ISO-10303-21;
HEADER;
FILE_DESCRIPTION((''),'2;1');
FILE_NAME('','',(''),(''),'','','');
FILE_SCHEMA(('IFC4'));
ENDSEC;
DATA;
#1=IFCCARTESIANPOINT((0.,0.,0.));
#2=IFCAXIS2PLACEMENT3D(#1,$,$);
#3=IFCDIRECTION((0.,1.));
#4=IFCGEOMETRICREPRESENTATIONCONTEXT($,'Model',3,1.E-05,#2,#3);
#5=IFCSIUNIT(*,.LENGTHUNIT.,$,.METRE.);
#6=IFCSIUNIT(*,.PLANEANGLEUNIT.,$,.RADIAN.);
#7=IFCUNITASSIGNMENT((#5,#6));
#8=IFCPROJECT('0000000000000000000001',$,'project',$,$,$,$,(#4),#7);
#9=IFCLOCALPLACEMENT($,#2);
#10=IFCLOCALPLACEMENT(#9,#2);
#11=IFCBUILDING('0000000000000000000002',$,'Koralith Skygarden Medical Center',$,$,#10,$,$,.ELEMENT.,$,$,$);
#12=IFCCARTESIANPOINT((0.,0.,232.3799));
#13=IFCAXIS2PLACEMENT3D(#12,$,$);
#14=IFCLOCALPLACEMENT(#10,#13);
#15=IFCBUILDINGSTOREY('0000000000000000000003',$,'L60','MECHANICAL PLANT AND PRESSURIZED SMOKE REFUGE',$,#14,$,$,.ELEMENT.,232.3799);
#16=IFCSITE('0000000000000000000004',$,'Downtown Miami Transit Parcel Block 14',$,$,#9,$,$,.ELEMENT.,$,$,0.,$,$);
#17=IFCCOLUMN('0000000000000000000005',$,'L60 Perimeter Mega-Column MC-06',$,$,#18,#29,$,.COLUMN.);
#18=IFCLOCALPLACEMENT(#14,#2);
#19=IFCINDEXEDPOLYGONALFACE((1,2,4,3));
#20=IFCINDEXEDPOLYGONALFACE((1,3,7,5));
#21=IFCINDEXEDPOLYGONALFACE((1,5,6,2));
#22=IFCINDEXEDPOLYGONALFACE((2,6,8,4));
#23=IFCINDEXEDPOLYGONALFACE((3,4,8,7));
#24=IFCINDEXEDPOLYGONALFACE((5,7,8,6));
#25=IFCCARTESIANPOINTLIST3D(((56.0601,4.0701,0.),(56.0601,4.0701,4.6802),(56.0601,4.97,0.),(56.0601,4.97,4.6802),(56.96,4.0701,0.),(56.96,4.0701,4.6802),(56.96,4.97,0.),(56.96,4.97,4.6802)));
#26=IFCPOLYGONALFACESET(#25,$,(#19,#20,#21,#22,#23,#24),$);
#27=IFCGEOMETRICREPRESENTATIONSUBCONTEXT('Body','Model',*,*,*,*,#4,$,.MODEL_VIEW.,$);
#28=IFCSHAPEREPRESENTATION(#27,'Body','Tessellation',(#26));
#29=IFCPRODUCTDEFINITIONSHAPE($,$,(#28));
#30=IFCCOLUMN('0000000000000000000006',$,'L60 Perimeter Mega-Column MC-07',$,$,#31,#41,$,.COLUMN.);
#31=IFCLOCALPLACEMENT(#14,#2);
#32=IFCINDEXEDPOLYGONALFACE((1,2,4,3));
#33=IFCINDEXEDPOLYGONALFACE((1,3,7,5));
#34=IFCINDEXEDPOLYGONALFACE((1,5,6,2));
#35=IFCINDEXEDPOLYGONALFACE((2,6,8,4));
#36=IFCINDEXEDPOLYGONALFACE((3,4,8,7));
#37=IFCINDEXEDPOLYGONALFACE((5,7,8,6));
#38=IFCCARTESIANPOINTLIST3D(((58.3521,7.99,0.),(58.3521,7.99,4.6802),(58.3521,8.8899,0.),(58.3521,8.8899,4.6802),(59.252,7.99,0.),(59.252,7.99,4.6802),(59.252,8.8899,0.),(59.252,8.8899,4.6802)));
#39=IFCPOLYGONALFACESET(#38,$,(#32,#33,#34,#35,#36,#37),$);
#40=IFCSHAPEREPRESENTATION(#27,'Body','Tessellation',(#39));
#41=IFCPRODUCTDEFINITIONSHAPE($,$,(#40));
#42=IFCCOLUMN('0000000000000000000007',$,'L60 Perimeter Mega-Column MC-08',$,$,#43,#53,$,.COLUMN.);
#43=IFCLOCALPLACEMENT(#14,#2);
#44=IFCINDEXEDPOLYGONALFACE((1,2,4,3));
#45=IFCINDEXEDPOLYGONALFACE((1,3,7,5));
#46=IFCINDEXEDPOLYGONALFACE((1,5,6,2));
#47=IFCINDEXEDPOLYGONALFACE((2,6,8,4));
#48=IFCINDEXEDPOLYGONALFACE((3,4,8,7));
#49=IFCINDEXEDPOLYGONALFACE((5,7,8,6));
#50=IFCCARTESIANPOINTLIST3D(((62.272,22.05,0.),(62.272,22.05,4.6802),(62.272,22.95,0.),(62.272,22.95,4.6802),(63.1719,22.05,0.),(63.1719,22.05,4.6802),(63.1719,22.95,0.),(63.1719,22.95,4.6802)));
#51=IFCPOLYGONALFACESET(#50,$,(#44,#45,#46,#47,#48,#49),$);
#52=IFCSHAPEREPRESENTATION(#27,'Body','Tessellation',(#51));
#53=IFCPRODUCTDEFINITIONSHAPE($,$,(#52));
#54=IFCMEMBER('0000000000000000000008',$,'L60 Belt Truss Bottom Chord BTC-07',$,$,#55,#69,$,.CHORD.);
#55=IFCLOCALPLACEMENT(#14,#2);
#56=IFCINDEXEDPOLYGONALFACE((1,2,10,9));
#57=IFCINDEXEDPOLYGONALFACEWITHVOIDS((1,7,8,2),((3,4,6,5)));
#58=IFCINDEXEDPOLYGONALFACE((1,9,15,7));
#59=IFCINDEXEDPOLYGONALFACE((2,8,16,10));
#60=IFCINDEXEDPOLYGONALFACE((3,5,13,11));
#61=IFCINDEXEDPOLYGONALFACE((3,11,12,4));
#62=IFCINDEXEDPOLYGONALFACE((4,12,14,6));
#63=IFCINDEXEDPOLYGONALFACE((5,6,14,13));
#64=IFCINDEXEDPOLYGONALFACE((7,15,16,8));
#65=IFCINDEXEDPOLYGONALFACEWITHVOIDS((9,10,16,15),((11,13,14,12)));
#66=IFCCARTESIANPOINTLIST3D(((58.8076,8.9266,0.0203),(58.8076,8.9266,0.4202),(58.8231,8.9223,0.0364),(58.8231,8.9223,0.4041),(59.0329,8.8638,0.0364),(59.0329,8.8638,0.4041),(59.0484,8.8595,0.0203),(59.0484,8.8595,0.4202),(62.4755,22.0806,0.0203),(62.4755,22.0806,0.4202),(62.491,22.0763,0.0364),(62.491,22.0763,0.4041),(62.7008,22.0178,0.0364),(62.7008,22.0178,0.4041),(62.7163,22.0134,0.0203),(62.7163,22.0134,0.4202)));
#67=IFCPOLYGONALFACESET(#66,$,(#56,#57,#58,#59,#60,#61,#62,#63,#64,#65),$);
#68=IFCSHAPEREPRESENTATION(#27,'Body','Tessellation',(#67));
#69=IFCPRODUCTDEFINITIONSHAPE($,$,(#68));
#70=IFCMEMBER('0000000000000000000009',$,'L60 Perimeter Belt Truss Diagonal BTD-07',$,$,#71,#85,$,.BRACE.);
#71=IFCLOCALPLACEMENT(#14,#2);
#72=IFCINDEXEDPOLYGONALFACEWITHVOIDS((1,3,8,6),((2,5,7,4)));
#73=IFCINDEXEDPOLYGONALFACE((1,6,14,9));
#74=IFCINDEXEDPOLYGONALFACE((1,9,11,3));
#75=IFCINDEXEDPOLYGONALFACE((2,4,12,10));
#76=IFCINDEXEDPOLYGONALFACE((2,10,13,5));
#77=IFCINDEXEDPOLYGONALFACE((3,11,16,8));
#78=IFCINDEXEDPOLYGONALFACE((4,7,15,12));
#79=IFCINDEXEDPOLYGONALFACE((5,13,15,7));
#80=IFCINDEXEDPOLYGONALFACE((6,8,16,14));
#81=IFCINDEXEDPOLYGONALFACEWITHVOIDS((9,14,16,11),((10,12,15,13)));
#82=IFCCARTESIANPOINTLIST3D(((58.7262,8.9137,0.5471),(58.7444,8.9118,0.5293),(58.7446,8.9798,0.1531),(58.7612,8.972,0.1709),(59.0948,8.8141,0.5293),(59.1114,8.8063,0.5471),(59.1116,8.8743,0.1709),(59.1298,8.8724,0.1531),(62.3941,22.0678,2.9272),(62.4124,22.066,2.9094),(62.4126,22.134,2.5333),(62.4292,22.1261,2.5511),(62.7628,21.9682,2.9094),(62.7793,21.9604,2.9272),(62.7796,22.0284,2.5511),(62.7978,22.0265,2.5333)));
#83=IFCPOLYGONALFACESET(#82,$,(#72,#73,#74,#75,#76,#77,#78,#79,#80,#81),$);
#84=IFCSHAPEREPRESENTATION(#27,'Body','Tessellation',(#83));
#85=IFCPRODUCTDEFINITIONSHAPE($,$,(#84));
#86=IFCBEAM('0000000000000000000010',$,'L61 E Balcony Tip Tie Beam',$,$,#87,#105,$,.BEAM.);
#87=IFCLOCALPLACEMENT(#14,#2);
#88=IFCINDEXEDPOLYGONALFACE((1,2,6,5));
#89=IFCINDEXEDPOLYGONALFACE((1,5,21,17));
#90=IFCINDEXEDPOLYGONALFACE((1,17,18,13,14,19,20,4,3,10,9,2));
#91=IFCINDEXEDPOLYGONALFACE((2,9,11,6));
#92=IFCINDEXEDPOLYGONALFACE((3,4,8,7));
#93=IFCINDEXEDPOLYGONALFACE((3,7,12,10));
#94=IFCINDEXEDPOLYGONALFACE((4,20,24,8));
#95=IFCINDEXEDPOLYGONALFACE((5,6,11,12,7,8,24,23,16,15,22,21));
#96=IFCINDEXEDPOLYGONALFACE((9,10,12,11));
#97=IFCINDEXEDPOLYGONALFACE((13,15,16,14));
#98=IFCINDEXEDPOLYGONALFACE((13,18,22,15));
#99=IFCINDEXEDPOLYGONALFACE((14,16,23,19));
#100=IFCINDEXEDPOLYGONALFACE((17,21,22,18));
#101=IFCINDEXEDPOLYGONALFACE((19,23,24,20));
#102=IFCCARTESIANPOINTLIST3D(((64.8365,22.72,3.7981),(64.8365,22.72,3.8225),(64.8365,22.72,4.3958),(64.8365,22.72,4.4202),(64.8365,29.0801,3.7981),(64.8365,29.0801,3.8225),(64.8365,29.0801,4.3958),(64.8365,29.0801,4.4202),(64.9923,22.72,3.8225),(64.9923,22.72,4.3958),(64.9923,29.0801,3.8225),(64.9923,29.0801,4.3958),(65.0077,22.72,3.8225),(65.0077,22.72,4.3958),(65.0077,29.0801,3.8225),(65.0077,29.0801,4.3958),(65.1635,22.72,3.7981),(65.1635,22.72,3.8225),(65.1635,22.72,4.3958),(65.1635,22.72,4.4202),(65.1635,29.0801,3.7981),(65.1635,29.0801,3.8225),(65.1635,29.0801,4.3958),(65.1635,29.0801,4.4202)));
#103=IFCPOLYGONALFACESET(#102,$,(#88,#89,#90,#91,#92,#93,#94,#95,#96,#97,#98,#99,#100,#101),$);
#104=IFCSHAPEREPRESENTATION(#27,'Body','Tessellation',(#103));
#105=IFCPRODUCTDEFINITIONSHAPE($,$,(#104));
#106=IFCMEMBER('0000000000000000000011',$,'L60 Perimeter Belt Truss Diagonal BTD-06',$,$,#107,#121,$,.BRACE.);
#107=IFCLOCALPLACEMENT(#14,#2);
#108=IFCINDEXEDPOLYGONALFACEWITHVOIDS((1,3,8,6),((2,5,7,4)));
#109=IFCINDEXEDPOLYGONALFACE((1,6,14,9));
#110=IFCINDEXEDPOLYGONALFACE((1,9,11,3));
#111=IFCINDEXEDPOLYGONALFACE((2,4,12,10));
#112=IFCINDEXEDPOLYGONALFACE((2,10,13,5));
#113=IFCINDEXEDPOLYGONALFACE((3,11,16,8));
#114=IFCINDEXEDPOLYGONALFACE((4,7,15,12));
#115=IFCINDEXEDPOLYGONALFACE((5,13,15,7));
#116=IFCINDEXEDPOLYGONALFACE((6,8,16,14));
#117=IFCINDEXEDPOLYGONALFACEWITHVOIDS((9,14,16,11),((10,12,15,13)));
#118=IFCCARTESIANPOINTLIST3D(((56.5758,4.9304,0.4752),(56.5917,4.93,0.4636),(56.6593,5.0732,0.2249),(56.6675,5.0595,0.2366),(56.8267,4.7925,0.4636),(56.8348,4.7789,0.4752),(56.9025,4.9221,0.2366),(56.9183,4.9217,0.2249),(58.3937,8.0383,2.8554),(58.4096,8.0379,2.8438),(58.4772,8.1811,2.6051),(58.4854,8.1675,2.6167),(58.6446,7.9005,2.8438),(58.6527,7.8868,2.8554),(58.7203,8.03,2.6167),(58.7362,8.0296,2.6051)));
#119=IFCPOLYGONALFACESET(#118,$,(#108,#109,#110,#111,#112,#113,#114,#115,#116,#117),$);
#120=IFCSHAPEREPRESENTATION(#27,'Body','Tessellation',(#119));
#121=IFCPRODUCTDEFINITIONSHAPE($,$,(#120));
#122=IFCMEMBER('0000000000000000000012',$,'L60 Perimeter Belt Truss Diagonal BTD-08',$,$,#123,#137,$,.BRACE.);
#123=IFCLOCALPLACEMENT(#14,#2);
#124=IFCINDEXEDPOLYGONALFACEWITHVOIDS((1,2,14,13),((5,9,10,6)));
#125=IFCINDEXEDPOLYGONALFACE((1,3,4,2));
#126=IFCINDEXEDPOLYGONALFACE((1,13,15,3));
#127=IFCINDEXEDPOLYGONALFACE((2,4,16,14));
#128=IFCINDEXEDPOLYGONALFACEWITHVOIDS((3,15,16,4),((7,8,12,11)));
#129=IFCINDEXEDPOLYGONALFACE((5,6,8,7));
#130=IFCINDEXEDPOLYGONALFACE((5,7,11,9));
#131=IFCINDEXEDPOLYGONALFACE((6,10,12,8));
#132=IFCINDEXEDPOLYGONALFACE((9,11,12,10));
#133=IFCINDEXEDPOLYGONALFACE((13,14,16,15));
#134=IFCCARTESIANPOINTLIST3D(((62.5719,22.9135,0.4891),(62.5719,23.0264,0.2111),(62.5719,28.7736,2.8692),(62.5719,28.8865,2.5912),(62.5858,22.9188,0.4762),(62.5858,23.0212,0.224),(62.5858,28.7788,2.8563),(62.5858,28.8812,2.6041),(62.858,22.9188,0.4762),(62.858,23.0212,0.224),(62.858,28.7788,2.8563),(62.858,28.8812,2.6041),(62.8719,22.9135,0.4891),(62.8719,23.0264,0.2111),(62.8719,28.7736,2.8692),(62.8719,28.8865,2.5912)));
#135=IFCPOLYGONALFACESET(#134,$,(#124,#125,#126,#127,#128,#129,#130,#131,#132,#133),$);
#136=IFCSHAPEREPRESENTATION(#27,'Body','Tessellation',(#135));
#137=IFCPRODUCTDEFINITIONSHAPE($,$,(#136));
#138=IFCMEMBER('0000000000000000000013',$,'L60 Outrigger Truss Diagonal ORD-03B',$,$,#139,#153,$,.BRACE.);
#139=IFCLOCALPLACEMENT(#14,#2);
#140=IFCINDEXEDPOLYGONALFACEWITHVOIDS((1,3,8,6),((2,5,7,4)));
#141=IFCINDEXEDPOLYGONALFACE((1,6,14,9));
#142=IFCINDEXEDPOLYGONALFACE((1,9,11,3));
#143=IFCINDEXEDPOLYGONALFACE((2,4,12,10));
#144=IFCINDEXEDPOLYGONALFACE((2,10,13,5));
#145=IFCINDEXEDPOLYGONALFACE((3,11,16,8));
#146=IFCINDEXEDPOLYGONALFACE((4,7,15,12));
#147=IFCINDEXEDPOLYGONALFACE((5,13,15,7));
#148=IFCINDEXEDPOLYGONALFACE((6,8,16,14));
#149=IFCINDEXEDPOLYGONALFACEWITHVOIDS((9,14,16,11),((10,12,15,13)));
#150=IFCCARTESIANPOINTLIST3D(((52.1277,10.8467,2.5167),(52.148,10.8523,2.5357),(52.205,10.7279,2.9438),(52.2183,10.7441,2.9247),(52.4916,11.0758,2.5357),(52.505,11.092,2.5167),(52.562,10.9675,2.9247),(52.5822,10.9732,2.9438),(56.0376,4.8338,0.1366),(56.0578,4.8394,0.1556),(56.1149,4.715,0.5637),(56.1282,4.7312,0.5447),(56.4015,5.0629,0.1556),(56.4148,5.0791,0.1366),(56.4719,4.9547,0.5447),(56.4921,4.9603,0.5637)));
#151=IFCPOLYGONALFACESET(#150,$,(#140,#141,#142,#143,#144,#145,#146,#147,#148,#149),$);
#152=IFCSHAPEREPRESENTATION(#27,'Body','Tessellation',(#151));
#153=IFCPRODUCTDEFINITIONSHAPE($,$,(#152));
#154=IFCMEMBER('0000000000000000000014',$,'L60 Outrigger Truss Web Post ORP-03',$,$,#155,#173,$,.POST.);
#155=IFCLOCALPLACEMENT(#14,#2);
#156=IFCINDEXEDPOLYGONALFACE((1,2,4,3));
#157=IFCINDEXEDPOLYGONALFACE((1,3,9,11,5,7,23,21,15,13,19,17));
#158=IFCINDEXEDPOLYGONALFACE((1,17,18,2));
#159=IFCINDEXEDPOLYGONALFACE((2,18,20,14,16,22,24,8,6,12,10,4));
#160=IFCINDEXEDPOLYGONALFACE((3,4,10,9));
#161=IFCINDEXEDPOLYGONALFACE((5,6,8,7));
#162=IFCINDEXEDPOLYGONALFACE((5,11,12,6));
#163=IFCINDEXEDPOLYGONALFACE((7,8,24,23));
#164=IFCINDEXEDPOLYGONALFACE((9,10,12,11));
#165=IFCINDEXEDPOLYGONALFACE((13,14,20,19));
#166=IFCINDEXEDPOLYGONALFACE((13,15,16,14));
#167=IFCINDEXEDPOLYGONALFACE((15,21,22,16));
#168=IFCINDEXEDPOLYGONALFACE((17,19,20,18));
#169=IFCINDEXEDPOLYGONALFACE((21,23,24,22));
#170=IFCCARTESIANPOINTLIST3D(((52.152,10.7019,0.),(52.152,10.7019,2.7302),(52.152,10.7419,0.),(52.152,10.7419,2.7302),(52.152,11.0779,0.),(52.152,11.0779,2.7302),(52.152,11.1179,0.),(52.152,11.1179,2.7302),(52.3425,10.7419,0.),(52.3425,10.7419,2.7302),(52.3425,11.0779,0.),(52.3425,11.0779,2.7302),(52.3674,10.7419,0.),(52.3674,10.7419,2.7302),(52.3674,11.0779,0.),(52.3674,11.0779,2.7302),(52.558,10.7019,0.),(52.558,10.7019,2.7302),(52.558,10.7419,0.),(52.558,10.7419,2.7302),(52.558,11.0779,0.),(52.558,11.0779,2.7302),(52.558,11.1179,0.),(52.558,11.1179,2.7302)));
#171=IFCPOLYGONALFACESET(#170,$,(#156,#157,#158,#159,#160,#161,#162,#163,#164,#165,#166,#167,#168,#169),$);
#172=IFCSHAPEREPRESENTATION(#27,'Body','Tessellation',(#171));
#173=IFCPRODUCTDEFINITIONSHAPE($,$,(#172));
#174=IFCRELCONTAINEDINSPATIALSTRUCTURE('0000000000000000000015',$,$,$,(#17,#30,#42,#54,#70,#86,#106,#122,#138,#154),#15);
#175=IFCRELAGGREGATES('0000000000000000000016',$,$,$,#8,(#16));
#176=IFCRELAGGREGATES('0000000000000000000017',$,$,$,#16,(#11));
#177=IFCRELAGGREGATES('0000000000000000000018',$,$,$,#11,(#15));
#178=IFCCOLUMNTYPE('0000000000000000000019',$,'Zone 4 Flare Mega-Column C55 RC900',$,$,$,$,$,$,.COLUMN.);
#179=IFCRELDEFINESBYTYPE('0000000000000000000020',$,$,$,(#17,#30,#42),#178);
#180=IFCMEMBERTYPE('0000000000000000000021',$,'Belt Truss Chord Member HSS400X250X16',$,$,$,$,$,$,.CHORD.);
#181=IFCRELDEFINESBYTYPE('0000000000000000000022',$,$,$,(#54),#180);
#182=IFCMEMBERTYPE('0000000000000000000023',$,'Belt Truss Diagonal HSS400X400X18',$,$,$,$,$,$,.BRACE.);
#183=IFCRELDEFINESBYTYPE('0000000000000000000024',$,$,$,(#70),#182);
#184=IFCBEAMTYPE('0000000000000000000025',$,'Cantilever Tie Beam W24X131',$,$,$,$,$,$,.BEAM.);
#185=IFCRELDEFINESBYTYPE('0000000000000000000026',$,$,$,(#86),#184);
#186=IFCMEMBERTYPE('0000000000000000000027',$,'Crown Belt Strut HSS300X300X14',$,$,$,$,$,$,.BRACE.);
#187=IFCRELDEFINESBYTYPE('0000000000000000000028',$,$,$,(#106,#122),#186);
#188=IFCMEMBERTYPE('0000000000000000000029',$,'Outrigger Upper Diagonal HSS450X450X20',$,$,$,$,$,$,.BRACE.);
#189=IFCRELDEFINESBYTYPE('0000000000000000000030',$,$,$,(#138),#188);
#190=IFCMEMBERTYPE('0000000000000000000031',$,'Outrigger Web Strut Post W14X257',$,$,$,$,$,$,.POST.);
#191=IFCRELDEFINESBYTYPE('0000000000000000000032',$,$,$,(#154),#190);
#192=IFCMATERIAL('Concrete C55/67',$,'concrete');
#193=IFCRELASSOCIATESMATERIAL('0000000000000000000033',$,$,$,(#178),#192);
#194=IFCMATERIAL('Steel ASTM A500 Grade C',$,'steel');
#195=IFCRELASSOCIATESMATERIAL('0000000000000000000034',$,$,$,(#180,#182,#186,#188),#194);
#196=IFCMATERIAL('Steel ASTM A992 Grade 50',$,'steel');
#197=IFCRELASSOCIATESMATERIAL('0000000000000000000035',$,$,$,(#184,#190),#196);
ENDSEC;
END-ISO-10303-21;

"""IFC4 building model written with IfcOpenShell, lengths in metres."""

from ifc_helpers import new_model, si_unit, direction, frame, origin, origin_2d, place, context, subcontext, project, spatial, rectangle, hollow_rectangle, i_section, extrude, material, material_profile, profile_set, type_object, element, save


model = new_model("IFC4")

# Units and contexts
model_context = context("Model", 3, precision=1e-05, world=origin(), true_north=direction((0.0, 1.0)))
body_context = subcontext(model_context, "Body", "Model", "MODEL_VIEW")
ifc_project = project(units=[si_unit("LENGTHUNIT", "METRE"), si_unit("PLANEANGLEUNIT", "RADIAN")], contexts=[model_context])

# Site, building, storey
site_placement = place(None, origin())
site = spatial("IfcSite", under=ifc_project, at=site_placement, Name="Downtown Miami Transit Parcel Block 14", CompositionType="ELEMENT", RefElevation=0.0)
building_placement = place(site_placement, origin())
building = spatial("IfcBuilding", under=site, at=building_placement, Name="Koralith Skygarden Medical Center", CompositionType="ELEMENT")
storey_placement = place(building_placement, frame((0.0, 0.0, 232.3799)))
storey = spatial("IfcBuildingStorey", under=building, at=storey_placement, Name="L60", Description="MECHANICAL PLANT AND PRESSURIZED SMOKE REFUGE", CompositionType="ELEMENT", Elevation=232.3799)

# Columns
ifc_material_1 = material(Name="Concrete C55/67", Category="concrete")
ifc_material_profile_1 = material_profile(ifc_material_1, rectangle(XDim=0.8999, YDim=0.8999, at=origin_2d()), Name="RC900X900")
ifc_profile_set_1 = profile_set([ifc_material_profile_1], Name="Concrete C55/67")
column_type = type_object("IfcColumnType", Name="Zone 4 Flare Mega-Column C55 RC900", PredefinedType="COLUMN", material=ifc_profile_set_1)
for number, where, z_axis, x_axis, name in (
    (1, (56.51, 4.52, 0.0), (0.0, 0.0, 1.0), (1.0, 0.0, 0.0), "L60 Perimeter Mega-Column MC-06"),
    (2, (58.802, 8.4399, 0.0), (0.0, 0.0, 1.0), (1.0, 0.0, 0.0), "L60 Perimeter Mega-Column MC-07"),
    (3, (62.7219, 22.5, 0.0), (0.0, 0.0, 1.0), (1.0, 0.0, 0.0), "L60 Perimeter Mega-Column MC-08"),
):
    element("IfcColumn", number, at=place(storey_placement, frame(where, z_axis=z_axis, x_axis=x_axis)), inside=storey, type_object=column_type, Name=name, PredefinedType="COLUMN", context=body_context, shape_type="SweptSolid", body=[
        extrude(rectangle(XDim=0.8999, YDim=0.8999, at=origin_2d()), origin(), (0.0, 0.0, 1.0), 4.6802),
    ])

# Members
ifc_material_2 = material(Name="Steel ASTM A500 Grade C", Category="steel")
ifc_material_profile_2 = material_profile(ifc_material_2, hollow_rectangle(XDim=0.25, YDim=0.3999, WallThickness=0.0161, at=origin_2d()), Name="HSS400X250X16")
ifc_profile_set_2 = profile_set([ifc_material_profile_2], Name="Steel ASTM A500 Grade C")
member_type_1 = type_object("IfcMemberType", Name="Belt Truss Chord Member HSS400X250X16", PredefinedType="CHORD", material=ifc_profile_set_2)
member_1_placement = place(storey_placement, frame((58.928, 8.8931, 0.2202), z_axis=(0.2686, 0.963252, 0.0), x_axis=(-0.963252, 0.2686, 0.0)))
element("IfcMember", 4, at=member_1_placement, inside=storey, type_object=member_type_1, Name="L60 Belt Truss Bottom Chord BTC-07", PredefinedType="CHORD", context=body_context, shape_type="SweptSolid", body=[
    extrude(hollow_rectangle(XDim=0.25, YDim=0.3999, WallThickness=0.0161, at=origin_2d()), origin(), (0.0, 0.0, 1.0), 13.6558),
])
ifc_material_profile_3 = material_profile(ifc_material_2, hollow_rectangle(XDim=0.3999, YDim=0.3999, WallThickness=0.0181, at=origin_2d()), Name="HSS400X400X18")
ifc_profile_set_3 = profile_set([ifc_material_profile_3], Name="Steel ASTM A500 Grade C")
member_type_2 = type_object("IfcMemberType", Name="Belt Truss Diagonal HSS400X400X18", PredefinedType="BRACE", material=ifc_profile_set_3)
member_2_placement = place(storey_placement, frame((58.928, 8.8931, 0.3501), z_axis=(0.264611, 0.948946, 0.171705), x_axis=(-0.963252, 0.2686, 0.0)))
element("IfcMember", 5, at=member_2_placement, inside=storey, type_object=member_type_2, Name="L60 Perimeter Belt Truss Diagonal BTD-07", PredefinedType="BRACE", context=body_context, shape_type="SweptSolid", body=[
    extrude(hollow_rectangle(XDim=0.3999, YDim=0.3999, WallThickness=0.0181, at=origin_2d()), origin(), (0.0, 0.0, 1.0), 13.8618),
])

# Beam
ifc_material_3 = material(Name="Steel ASTM A992 Grade 50", Category="steel")
ifc_material_profile_4 = material_profile(ifc_material_3, i_section(OverallWidth=0.3269, OverallDepth=0.6221, WebThickness=0.0154, FlangeThickness=0.0244, at=origin_2d()), Name="W24X131")
ifc_profile_set_4 = profile_set([ifc_material_profile_4], Name="Steel ASTM A992 Grade 50")
beam_type_1 = type_object("IfcBeamType", Name="Cantilever Tie Beam W24X131", PredefinedType="BEAM", material=ifc_profile_set_4)
beam_1_placement = place(storey_placement, frame((65.0, 22.72, 4.1091), z_axis=(0.0, 1.0, 0.0), x_axis=(-1.0, 0.0, 0.0)))
element("IfcBeam", 6, at=beam_1_placement, inside=storey, type_object=beam_type_1, Name="L61 E Balcony Tip Tie Beam", PredefinedType="BEAM", context=body_context, shape_type="SweptSolid", body=[
    extrude(i_section(OverallWidth=0.3269, OverallDepth=0.6221, WebThickness=0.0154, FlangeThickness=0.0244, at=origin_2d()), origin(), (0.0, 0.0, 1.0), 6.3601),
])

# Members
ifc_material_profile_5 = material_profile(ifc_material_2, hollow_rectangle(XDim=0.3, YDim=0.3, WallThickness=0.0139, at=origin_2d()), Name="HSS300X300X14")
ifc_profile_set_5 = profile_set([ifc_material_profile_5], Name="Steel ASTM A500 Grade C")
member_type_3 = type_object("IfcMemberType", Name="Crown Belt Strut HSS300X300X14", PredefinedType="BRACE", material=ifc_profile_set_5)
member_3_placement = place(storey_placement, frame((56.7471, 4.926, 0.3501), z_axis=(0.421183, 0.720073, 0.551452), x_axis=(-0.863183, 0.504891, 0.0)))
element("IfcMember", 7, at=member_3_placement, inside=storey, type_object=member_type_3, Name="L60 Perimeter Belt Truss Diagonal BTD-06", PredefinedType="BRACE", context=body_context, shape_type="SweptSolid", body=[
    extrude(hollow_rectangle(XDim=0.3, YDim=0.3, WallThickness=0.0139, at=origin_2d()), origin(), (0.0, 0.0, 1.0), 4.3162),
])
member_4_placement = place(storey_placement, frame((62.7219, 22.97, 0.3501), z_axis=(0.0, 0.926496, 0.376304), x_axis=(-1.0, 0.0, 0.0)))
element("IfcMember", 8, at=member_4_placement, inside=storey, type_object=member_type_3, Name="L60 Perimeter Belt Truss Diagonal BTD-08", PredefinedType="BRACE", context=body_context, shape_type="SweptSolid", body=[
    extrude(hollow_rectangle(XDim=0.3, YDim=0.3, WallThickness=0.0139, at=origin_2d()), origin(), (0.0, 0.0, 1.0), 6.325),
])
ifc_material_profile_6 = material_profile(ifc_material_2, hollow_rectangle(XDim=0.45, YDim=0.45, WallThickness=0.02, at=origin_2d()), Name="HSS450X450X20")
ifc_profile_set_6 = profile_set([ifc_material_profile_6], Name="Steel ASTM A500 Grade C")
member_type_4 = type_object("IfcMemberType", Name="Outrigger Upper Diagonal HSS450X450X20", PredefinedType="BRACE", material=ifc_profile_set_6)
member_5_placement = place(storey_placement, frame((52.355, 10.9099, 2.7302), z_axis=(0.517391, -0.795681, -0.314958), x_axis=(0.838348, 0.545136, 0.0)))
element("IfcMember", 9, at=member_5_placement, inside=storey, type_object=member_type_4, Name="L60 Outrigger Truss Diagonal ORD-03B", PredefinedType="BRACE", context=body_context, shape_type="SweptSolid", body=[
    extrude(hollow_rectangle(XDim=0.45, YDim=0.45, WallThickness=0.02, at=origin_2d()), origin(), (0.0, 0.0, 1.0), 7.5569),
])
ifc_material_profile_7 = material_profile(ifc_material_3, i_section(OverallWidth=0.406, OverallDepth=0.416, WebThickness=0.0249, FlangeThickness=0.04, at=origin_2d()), Name="W14X257")
ifc_profile_set_7 = profile_set([ifc_material_profile_7], Name="Steel ASTM A992 Grade 50")
member_type_5 = type_object("IfcMemberType", Name="Outrigger Web Strut Post W14X257", PredefinedType="POST", material=ifc_profile_set_7)
member_6_placement = place(storey_placement, frame((52.355, 10.9099, 0.0), z_axis=(0.0, 0.0, 1.0), x_axis=(1.0, 0.0, 0.0)))
element("IfcMember", 10, at=member_6_placement, inside=storey, type_object=member_type_5, Name="L60 Outrigger Truss Web Post ORP-03", PredefinedType="POST", context=body_context, shape_type="SweptSolid", body=[
    extrude(i_section(OverallWidth=0.406, OverallDepth=0.416, WebThickness=0.0249, FlangeThickness=0.04, at=origin_2d()), origin(), (0.0, 0.0, 1.0), 2.7302),
])

save(model, "model.ifc")
